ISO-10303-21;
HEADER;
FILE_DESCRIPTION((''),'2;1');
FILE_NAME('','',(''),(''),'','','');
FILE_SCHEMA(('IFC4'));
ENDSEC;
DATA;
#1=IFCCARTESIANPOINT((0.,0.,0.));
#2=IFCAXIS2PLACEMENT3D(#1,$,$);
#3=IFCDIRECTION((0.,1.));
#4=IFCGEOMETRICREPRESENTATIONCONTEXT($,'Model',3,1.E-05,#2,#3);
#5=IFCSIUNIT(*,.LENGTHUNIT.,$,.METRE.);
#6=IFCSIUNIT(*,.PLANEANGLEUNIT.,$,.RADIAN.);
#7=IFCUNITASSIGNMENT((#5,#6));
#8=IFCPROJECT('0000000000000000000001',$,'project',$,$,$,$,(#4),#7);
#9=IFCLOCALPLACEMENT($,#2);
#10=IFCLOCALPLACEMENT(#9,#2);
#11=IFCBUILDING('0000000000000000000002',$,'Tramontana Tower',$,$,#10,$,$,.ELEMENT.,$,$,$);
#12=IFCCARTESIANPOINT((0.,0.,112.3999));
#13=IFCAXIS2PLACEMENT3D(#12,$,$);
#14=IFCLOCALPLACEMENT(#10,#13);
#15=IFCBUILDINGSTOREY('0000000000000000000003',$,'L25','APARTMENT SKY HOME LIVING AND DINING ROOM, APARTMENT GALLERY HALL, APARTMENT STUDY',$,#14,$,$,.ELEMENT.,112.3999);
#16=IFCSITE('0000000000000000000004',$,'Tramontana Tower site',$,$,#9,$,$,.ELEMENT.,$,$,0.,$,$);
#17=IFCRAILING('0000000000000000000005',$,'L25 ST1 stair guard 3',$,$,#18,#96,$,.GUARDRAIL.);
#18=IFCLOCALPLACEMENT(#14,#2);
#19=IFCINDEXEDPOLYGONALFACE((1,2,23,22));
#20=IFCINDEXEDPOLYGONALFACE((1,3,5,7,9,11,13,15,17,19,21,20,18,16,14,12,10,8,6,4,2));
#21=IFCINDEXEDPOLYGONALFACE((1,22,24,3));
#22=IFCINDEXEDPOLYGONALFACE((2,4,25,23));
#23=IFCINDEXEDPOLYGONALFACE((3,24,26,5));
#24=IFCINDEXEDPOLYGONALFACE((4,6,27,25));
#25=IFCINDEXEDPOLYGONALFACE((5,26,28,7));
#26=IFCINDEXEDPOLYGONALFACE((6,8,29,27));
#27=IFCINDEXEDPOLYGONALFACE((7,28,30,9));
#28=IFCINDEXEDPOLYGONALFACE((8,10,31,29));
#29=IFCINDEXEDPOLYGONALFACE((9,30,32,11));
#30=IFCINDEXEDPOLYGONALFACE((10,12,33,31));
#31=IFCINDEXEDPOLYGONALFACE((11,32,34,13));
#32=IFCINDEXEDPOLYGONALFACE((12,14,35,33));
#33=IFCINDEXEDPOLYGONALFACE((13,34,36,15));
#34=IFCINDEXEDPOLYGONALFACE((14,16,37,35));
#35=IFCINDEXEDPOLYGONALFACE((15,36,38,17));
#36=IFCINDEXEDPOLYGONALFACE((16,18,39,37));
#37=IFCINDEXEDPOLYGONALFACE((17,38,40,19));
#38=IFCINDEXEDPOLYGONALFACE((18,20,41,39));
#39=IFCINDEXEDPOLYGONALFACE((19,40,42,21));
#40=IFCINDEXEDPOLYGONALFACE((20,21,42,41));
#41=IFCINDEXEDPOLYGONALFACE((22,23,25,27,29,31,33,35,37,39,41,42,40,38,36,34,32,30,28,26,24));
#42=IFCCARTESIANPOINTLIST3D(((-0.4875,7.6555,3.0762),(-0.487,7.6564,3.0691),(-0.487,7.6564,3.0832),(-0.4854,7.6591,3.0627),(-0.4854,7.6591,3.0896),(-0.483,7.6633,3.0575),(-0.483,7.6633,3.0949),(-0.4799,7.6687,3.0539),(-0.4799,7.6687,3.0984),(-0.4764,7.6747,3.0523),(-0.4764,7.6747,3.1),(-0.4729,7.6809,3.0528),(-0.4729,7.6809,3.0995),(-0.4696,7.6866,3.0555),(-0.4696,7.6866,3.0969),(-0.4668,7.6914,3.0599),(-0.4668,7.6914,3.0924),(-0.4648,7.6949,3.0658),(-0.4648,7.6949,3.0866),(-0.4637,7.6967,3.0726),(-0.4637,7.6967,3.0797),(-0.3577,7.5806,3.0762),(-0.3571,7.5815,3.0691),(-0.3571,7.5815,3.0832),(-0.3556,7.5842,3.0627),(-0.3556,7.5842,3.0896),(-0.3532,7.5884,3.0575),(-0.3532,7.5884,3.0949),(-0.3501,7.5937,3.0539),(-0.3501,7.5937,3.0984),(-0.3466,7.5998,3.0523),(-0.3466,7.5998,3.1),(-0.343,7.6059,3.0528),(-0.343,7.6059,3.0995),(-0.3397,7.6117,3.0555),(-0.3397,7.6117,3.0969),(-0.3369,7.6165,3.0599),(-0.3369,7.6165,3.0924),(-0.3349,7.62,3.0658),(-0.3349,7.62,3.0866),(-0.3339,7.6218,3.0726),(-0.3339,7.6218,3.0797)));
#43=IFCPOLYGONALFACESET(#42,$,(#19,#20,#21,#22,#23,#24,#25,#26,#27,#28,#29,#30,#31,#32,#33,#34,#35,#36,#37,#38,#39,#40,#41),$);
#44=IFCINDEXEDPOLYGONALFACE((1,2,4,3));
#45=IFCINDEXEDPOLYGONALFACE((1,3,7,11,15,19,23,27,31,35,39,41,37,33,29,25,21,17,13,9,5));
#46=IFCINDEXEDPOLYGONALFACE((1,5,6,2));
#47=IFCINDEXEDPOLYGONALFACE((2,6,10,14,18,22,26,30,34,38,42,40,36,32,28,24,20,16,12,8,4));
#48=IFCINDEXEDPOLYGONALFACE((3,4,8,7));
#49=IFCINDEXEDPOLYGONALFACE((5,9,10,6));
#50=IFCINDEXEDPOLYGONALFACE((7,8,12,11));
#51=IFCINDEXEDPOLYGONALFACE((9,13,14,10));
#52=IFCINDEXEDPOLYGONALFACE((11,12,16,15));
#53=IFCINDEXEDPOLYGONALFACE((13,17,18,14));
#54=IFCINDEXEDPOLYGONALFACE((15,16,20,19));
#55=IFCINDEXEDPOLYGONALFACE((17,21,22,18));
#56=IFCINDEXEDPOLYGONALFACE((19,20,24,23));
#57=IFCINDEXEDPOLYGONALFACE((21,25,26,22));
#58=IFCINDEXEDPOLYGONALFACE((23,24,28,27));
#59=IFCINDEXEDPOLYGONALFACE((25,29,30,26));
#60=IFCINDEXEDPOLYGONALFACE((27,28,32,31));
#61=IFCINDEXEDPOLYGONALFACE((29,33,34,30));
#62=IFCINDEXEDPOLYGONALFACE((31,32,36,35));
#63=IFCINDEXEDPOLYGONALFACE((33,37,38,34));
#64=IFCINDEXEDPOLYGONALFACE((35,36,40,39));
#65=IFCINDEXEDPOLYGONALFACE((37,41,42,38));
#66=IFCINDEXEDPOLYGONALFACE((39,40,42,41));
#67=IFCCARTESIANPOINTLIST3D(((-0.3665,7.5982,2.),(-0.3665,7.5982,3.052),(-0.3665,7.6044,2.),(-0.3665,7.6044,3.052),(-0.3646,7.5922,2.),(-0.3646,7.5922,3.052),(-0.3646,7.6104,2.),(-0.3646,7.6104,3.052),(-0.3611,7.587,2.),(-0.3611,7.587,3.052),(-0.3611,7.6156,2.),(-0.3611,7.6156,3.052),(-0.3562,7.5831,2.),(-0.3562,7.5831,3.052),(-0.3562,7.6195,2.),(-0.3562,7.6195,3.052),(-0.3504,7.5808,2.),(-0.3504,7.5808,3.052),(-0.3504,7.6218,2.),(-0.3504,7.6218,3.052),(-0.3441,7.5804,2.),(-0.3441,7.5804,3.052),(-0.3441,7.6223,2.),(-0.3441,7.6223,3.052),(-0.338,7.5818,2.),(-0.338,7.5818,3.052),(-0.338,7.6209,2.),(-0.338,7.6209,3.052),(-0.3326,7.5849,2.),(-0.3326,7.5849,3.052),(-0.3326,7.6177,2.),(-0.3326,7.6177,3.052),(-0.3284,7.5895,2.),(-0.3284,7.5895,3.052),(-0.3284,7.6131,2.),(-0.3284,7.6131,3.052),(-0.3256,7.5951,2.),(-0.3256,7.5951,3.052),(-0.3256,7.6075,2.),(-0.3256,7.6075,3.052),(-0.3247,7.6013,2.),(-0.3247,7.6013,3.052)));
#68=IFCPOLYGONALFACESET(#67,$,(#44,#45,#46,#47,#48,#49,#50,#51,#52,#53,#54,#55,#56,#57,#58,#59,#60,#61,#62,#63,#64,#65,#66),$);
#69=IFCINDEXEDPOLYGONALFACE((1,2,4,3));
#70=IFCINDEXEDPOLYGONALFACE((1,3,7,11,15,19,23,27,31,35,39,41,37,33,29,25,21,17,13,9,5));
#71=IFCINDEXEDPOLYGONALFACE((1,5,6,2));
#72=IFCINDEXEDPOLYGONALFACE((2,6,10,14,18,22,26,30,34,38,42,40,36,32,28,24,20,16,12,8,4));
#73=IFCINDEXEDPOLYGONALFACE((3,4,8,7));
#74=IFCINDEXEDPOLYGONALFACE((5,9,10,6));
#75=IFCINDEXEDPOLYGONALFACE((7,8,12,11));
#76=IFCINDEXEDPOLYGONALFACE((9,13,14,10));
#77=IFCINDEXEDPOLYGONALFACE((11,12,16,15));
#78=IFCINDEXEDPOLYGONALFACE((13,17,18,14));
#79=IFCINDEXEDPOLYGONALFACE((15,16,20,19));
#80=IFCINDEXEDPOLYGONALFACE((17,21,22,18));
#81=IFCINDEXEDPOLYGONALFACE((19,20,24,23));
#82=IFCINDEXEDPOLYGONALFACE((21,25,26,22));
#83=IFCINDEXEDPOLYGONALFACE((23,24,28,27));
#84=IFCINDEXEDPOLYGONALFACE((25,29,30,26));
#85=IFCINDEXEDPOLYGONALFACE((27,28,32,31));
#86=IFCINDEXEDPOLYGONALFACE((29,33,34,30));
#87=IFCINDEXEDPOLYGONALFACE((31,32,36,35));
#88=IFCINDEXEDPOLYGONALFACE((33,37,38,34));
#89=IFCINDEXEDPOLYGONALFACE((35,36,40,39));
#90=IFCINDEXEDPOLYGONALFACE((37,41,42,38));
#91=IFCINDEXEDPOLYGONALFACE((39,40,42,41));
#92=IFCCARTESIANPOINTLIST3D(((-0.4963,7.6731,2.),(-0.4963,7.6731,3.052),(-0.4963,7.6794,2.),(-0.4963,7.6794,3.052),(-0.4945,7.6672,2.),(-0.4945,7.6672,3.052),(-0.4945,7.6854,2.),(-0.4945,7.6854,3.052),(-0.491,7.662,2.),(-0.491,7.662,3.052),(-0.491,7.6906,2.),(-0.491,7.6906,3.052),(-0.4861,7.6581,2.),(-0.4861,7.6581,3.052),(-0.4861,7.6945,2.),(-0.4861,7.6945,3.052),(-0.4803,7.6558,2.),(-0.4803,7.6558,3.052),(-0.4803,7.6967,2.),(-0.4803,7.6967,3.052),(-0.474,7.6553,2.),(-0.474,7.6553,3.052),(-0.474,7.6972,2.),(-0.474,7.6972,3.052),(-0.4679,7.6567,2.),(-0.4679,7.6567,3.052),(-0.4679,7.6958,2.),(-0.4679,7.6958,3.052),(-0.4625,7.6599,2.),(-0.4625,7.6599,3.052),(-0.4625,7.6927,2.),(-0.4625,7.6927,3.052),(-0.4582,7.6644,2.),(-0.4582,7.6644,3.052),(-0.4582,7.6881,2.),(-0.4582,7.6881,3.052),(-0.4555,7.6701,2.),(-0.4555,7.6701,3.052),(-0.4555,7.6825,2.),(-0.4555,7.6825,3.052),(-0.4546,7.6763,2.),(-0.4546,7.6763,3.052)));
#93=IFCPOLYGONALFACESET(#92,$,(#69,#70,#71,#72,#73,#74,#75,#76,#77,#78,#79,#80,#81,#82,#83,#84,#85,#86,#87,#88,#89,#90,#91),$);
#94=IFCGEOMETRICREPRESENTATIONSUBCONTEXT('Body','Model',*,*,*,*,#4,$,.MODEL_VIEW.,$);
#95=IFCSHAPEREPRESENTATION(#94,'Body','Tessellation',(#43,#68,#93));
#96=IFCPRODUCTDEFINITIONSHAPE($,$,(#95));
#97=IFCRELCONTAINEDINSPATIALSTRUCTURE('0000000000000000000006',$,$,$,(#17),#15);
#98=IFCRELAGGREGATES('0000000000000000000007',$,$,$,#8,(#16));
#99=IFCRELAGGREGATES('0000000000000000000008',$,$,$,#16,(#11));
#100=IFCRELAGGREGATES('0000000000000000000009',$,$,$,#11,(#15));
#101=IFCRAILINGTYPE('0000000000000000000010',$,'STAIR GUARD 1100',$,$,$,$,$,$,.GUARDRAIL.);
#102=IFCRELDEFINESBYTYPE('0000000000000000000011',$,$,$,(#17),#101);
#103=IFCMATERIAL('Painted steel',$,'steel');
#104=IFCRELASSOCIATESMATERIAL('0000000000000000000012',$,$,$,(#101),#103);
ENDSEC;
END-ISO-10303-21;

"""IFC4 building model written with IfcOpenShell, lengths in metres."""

from ifc_helpers import new_model, si_unit, direction, frame, origin, origin_2d, place, context, subcontext, project, spatial, circle, extrude, material, type_object, element, save


model = new_model("IFC4")

# Units and contexts
model_context = context("Model", 3, precision=1e-05, world=origin(), true_north=direction((0.0, 1.0)))
body_context = subcontext(model_context, "Body", "Model", "MODEL_VIEW")
ifc_project = project(units=[si_unit("LENGTHUNIT", "METRE"), si_unit("PLANEANGLEUNIT", "RADIAN")], contexts=[model_context])

# Site, building, storey
site_placement = place(None, origin())
site = spatial("IfcSite", under=ifc_project, at=site_placement, Name="Tramontana Tower site", CompositionType="ELEMENT", RefElevation=0.0)
building_placement = place(site_placement, origin())
building = spatial("IfcBuilding", under=site, at=building_placement, Name="Tramontana Tower", CompositionType="ELEMENT")
storey_placement = place(building_placement, frame((0.0, 0.0, 112.3999)))
storey = spatial("IfcBuildingStorey", under=building, at=storey_placement, Name="L25", Description="APARTMENT SKY HOME LIVING AND DINING ROOM, APARTMENT GALLERY HALL, APARTMENT STUDY", CompositionType="ELEMENT", Elevation=112.3999)

# Railing
ifc_material_1 = material(Name="Painted steel", Category="steel")
railing_type_1 = type_object("IfcRailingType", Name="STAIR GUARD 1100", PredefinedType="GUARDRAIL", material=ifc_material_1)
railing_1_placement = place(storey_placement, frame((-0.3457, 7.6013, 2.0)))
element("IfcRailing", 1, at=railing_1_placement, inside=storey, type_object=railing_type_1, Name="L25 ST1 stair guard 3", PredefinedType="GUARDRAIL", context=body_context, shape_type="SweptSolid", body=[
    extrude(circle(Radius=0.0239, at=origin_2d()), frame((0.0, 0.0, 1.0762), z_axis=(-0.866131, 0.499816, 0.0), x_axis=(-0.499816, -0.866131, 0.0)), (0.0, 0.0, 1.0), 0.1499),
    extrude(circle(Radius=0.021, at=origin_2d()), origin(), (0.0, 0.0, 1.0), 1.052),
    extrude(circle(Radius=0.021, at=origin_2d()), frame((-0.1299, 0.075, 0.0)), (0.0, 0.0, 1.0), 1.052),
])

save(model, "model.ifc")
